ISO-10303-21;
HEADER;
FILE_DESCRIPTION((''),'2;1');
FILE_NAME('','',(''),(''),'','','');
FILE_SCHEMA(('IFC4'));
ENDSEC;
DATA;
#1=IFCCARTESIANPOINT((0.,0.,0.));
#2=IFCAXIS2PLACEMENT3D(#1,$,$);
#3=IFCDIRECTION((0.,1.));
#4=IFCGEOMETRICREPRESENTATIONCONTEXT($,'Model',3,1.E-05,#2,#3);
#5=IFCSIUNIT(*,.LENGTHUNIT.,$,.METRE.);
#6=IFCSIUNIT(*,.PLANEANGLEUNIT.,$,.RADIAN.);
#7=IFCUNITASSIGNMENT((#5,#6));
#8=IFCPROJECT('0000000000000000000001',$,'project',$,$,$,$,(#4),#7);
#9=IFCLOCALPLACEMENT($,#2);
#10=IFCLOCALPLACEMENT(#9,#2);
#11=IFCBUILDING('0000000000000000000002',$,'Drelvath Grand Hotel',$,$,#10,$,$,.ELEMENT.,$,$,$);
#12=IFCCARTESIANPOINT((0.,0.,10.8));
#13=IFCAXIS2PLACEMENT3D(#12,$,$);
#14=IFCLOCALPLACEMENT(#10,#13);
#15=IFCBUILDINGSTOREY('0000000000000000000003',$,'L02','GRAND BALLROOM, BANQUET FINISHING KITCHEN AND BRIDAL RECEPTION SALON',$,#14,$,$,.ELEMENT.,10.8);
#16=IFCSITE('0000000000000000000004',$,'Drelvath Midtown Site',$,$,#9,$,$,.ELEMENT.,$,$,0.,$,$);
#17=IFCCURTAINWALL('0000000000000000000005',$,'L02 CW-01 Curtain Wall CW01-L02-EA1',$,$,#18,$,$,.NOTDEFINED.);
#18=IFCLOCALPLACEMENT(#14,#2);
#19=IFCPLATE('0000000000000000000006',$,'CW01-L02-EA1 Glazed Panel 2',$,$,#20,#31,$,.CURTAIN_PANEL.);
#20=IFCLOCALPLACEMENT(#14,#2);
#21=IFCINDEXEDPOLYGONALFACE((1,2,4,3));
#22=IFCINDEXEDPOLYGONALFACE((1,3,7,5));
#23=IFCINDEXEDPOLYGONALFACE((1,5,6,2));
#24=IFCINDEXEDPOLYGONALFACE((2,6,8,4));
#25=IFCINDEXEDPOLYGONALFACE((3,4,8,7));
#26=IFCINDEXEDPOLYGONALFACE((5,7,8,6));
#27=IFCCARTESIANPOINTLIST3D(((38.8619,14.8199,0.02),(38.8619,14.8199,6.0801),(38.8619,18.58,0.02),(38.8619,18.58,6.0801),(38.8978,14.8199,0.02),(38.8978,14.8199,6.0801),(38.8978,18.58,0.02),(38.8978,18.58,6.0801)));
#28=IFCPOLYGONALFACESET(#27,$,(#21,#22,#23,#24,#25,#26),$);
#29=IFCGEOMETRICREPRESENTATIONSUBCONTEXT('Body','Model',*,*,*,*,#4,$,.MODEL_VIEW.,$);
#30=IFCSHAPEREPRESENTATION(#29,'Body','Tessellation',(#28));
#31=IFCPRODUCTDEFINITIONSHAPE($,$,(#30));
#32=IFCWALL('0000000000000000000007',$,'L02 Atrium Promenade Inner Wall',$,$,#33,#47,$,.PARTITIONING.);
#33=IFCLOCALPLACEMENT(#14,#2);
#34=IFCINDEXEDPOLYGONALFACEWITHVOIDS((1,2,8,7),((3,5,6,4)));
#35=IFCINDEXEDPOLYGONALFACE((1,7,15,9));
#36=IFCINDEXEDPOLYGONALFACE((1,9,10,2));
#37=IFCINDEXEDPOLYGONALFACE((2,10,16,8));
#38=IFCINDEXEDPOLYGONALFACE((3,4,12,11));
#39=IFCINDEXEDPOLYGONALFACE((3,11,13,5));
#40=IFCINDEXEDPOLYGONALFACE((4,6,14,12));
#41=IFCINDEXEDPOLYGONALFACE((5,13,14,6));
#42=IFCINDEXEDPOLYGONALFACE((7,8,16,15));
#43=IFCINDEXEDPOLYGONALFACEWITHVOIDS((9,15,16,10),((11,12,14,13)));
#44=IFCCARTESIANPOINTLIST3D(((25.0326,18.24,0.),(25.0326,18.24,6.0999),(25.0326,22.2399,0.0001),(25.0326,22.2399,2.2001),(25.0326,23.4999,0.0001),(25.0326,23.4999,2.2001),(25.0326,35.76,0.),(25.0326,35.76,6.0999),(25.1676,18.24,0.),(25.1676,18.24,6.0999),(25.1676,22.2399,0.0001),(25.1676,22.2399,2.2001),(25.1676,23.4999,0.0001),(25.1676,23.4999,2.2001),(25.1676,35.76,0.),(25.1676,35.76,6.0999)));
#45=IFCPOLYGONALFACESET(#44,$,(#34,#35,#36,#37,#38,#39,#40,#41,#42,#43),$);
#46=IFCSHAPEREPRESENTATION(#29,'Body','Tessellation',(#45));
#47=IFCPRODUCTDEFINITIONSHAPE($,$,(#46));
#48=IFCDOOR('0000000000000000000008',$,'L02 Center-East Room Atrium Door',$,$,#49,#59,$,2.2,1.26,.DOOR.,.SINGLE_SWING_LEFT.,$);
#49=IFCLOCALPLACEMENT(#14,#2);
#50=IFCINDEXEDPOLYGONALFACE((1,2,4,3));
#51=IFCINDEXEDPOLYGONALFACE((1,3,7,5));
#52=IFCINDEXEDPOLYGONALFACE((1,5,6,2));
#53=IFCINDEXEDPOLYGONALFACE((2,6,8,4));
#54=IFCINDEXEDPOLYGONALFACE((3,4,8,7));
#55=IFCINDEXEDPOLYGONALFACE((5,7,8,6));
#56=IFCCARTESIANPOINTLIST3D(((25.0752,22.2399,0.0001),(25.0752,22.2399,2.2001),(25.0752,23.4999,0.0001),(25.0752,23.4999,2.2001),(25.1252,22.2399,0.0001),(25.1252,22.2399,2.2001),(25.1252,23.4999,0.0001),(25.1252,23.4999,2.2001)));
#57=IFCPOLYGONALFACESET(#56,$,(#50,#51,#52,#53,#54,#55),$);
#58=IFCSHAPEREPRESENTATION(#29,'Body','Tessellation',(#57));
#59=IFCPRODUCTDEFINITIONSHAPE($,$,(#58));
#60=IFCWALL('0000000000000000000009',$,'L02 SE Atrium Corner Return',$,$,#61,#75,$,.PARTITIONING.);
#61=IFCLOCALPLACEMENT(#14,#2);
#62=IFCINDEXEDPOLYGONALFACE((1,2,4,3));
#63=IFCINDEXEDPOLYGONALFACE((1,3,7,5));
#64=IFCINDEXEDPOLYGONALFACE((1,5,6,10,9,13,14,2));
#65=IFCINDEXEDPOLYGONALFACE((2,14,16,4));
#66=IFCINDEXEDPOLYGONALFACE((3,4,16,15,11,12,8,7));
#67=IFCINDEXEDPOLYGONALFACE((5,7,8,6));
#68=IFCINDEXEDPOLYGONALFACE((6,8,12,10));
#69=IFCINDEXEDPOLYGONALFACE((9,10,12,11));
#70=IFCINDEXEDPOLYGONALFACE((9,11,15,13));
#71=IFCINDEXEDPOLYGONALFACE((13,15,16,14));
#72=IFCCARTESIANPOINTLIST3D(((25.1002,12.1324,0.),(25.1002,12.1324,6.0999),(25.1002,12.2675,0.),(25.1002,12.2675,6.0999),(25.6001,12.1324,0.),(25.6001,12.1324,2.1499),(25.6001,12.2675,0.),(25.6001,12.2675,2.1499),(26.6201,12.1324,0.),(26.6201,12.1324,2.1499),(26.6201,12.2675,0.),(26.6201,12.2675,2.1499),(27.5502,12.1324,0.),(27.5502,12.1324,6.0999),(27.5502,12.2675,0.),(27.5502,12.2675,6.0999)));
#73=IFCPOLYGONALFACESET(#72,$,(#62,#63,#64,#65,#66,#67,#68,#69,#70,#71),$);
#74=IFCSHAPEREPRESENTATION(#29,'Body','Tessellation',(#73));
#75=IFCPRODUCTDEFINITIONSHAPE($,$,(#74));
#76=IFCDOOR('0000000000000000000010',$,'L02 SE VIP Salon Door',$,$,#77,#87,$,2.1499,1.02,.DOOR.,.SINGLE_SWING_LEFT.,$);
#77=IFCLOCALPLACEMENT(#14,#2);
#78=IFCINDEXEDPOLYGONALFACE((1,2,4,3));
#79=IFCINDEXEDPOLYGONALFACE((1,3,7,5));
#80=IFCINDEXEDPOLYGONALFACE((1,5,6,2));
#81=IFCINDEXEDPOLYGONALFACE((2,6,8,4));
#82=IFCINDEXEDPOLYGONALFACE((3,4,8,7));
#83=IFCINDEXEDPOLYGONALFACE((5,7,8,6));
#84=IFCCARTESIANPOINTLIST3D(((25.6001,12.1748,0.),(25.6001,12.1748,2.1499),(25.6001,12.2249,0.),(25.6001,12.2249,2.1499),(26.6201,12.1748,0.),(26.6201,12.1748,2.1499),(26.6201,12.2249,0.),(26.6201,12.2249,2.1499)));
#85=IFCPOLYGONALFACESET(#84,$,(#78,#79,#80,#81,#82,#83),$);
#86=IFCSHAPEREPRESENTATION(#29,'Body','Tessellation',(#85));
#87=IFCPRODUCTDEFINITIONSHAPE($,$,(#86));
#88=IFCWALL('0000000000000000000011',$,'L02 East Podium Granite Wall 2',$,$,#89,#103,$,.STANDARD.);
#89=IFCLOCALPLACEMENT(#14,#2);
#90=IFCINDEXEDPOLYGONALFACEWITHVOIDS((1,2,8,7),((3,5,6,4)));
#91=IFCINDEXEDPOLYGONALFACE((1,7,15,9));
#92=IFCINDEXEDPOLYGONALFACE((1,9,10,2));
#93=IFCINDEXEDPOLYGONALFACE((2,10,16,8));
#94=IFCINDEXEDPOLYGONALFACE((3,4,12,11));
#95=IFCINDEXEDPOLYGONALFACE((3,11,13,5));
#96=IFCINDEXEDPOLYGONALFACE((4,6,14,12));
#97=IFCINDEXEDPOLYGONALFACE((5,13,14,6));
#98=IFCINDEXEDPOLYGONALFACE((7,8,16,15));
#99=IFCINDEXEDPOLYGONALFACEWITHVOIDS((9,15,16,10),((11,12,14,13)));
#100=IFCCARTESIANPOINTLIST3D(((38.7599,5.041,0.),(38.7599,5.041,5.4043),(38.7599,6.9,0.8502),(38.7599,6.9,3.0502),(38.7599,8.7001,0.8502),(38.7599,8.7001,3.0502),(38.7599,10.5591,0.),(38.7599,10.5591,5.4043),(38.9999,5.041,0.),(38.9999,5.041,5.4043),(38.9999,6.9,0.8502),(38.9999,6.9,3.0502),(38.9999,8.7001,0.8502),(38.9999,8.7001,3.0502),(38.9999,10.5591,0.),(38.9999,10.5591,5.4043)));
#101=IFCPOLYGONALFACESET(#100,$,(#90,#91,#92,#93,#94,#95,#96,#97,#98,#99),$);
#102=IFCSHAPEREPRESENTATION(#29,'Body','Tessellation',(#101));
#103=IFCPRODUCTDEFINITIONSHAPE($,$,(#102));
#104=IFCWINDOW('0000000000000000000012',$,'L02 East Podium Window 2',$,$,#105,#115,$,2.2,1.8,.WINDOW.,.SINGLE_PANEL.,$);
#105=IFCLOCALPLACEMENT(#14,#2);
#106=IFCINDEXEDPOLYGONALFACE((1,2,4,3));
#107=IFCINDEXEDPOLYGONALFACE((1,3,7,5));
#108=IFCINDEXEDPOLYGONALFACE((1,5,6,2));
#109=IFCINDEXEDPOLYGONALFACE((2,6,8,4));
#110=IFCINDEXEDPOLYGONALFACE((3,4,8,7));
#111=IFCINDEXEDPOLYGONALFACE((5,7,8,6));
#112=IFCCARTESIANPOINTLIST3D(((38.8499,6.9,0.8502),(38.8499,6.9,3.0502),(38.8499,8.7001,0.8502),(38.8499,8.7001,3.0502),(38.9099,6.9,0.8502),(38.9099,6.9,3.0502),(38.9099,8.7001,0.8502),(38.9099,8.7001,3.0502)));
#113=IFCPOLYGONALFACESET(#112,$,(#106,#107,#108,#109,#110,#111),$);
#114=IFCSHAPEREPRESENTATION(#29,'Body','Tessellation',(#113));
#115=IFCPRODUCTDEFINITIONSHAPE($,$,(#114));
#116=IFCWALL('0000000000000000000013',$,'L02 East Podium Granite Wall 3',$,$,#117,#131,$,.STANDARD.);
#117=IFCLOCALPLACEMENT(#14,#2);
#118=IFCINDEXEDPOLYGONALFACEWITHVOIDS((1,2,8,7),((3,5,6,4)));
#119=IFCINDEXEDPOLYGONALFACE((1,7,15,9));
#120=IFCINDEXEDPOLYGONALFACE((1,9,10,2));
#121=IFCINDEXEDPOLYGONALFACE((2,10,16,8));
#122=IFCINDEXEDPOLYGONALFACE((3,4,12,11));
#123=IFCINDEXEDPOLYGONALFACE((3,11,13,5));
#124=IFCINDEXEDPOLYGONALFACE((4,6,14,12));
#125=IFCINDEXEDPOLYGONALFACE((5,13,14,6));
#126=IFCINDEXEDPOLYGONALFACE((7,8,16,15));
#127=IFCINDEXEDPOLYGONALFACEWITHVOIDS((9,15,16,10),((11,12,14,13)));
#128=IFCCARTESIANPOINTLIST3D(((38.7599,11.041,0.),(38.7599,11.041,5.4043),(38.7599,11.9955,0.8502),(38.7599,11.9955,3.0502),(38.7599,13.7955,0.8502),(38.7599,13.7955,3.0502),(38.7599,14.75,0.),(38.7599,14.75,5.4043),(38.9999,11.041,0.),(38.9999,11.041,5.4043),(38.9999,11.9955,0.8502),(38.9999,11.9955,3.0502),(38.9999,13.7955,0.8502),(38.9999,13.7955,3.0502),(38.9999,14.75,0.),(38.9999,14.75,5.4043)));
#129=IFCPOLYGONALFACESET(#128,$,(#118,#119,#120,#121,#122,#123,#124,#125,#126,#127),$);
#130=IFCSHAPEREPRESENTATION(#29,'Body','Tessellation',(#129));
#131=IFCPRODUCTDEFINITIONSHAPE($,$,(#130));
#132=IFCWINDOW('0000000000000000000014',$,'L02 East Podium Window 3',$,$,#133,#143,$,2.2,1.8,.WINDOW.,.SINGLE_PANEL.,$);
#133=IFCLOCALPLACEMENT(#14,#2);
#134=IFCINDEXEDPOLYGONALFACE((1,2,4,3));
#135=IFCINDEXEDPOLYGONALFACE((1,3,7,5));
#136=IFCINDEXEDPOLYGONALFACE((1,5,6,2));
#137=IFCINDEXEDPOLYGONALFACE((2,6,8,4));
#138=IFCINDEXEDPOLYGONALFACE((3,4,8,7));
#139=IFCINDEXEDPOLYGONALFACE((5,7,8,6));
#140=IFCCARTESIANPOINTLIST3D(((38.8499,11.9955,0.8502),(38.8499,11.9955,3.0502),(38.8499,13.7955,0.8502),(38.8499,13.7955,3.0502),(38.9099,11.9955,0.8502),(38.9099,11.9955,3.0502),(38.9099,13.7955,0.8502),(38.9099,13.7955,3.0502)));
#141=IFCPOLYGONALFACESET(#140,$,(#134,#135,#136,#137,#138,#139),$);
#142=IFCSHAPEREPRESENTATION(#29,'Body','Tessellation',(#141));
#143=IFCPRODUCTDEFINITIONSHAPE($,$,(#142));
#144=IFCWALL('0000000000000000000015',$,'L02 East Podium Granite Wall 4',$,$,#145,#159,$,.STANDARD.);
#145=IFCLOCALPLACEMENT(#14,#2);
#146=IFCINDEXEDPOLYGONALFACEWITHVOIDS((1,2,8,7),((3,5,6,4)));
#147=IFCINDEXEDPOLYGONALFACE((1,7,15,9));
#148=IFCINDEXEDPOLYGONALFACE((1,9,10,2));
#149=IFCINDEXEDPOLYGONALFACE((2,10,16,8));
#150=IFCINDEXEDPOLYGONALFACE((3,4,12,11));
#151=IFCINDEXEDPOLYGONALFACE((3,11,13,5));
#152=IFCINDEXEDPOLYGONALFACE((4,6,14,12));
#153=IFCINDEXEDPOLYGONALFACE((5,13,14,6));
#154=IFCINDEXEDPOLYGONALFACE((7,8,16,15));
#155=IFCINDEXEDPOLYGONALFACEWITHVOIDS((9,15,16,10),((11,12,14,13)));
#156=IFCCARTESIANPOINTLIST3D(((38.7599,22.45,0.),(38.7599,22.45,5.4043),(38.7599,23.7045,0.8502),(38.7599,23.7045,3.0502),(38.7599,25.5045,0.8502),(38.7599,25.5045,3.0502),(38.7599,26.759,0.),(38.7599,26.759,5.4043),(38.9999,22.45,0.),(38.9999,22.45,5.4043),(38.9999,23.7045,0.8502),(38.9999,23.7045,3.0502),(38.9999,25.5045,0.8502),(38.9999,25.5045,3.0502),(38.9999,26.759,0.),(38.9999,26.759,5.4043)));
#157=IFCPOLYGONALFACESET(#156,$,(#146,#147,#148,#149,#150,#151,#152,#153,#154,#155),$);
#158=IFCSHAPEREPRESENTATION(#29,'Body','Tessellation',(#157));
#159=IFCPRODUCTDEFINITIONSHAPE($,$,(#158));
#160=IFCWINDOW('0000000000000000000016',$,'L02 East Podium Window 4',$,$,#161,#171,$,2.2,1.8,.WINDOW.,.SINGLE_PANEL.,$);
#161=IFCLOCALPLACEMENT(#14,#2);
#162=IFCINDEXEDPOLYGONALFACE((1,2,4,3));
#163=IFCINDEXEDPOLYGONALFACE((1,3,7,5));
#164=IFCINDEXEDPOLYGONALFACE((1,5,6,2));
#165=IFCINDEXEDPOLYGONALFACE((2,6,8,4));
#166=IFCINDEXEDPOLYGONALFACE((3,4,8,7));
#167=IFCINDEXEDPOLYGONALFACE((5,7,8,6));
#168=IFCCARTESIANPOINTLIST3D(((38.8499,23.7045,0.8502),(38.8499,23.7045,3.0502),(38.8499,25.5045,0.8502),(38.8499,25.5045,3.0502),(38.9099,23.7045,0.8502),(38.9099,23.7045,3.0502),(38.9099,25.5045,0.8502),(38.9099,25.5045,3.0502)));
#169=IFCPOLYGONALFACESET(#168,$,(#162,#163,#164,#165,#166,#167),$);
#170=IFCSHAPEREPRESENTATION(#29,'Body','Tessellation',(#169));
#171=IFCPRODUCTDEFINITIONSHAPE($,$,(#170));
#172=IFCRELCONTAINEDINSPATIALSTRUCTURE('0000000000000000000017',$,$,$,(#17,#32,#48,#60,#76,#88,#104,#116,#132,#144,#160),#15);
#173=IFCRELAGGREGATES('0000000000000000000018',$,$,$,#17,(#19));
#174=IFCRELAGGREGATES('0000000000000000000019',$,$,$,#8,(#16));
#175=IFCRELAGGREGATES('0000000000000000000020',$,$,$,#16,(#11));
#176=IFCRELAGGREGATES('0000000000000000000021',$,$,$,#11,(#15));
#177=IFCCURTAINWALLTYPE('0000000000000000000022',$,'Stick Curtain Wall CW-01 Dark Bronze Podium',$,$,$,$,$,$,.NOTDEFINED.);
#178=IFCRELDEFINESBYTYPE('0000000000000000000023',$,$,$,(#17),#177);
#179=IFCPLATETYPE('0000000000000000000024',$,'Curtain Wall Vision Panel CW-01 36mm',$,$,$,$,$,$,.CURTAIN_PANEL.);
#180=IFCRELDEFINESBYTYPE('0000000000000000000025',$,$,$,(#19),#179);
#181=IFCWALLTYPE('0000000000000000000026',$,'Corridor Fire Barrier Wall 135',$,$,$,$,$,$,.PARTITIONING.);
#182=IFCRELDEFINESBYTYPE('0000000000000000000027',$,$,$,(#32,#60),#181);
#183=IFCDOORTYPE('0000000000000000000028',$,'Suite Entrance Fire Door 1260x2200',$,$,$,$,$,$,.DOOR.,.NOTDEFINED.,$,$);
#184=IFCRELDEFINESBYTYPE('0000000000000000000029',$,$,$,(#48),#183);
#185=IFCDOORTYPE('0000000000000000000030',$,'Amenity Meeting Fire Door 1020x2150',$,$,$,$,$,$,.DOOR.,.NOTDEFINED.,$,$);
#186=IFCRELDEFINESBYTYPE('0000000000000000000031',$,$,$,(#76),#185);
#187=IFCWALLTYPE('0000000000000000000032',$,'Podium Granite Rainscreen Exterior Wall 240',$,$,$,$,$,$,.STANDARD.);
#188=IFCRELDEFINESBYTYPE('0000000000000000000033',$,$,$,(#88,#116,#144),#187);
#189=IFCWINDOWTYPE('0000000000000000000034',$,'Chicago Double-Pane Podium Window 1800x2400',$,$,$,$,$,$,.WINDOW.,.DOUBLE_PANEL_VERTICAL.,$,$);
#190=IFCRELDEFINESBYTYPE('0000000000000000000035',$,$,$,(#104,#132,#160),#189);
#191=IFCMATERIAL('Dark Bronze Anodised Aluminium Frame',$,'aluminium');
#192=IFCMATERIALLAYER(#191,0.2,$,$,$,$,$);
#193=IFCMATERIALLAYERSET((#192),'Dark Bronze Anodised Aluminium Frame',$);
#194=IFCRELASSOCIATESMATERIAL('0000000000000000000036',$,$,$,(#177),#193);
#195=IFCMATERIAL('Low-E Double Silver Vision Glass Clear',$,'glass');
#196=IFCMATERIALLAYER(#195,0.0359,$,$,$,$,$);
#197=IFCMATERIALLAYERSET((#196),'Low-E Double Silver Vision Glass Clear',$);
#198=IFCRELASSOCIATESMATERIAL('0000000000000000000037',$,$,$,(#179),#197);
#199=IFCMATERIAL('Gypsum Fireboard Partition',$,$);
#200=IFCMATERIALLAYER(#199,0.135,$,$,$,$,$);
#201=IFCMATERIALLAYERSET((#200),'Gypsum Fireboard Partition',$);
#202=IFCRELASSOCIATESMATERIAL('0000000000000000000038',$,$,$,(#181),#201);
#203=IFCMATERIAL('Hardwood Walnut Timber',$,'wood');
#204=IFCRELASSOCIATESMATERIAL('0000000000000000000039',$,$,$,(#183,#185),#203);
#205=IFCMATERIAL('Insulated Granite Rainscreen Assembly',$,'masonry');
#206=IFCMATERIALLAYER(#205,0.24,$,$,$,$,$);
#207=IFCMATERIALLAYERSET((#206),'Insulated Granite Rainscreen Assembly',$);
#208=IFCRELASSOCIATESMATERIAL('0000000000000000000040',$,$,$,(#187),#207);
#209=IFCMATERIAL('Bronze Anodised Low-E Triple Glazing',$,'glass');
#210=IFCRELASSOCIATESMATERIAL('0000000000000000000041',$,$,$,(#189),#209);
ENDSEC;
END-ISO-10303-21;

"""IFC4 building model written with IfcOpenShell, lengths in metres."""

from ifc_helpers import new_model, si_unit, direction, frame, frame_2d, origin, origin_2d, place, context, subcontext, project, spatial, rectangle, extrude, material, layer, layer_set, type_object, element, fill, aggregate, save


model = new_model("IFC4")

# Units and contexts
model_context = context("Model", 3, precision=1e-05, world=origin(), true_north=direction((0.0, 1.0)))
body_context = subcontext(model_context, "Body", "Model", "MODEL_VIEW")
ifc_project = project(units=[si_unit("LENGTHUNIT", "METRE"), si_unit("PLANEANGLEUNIT", "RADIAN")], contexts=[model_context])

# Site, building, storey
site_placement = place(None, origin())
site = spatial("IfcSite", under=ifc_project, at=site_placement, Name="Drelvath Midtown Site", CompositionType="ELEMENT", RefElevation=0.0)
building_placement = place(site_placement, origin())
building = spatial("IfcBuilding", under=site, at=building_placement, Name="Drelvath Grand Hotel", CompositionType="ELEMENT")
storey_placement = place(building_placement, frame((0.0, 0.0, 10.8)))
storey = spatial("IfcBuildingStorey", under=building, at=storey_placement, Name="L02", Description="GRAND BALLROOM, BANQUET FINISHING KITCHEN AND BRIDAL RECEPTION SALON", CompositionType="ELEMENT", Elevation=10.8)

# Curtain wall
ifc_material_1 = material(Name="Dark Bronze Anodised Aluminium Frame", Category="aluminium")
ifc_layer_1 = layer(ifc_material_1, 0.2)
ifc_layer_set_1 = layer_set([ifc_layer_1], Name="Dark Bronze Anodised Aluminium Frame")
curtain_wall_type = type_object("IfcCurtainWallType", Name="Stick Curtain Wall CW-01 Dark Bronze Podium", PredefinedType="NOTDEFINED", material=ifc_layer_set_1)
curtain_wall_placement = place(storey_placement, origin())
curtain_wall = element("IfcCurtainWall", 1, at=curtain_wall_placement, inside=storey, type_object=curtain_wall_type, Name="L02 CW-01 Curtain Wall CW01-L02-EA1", PredefinedType="NOTDEFINED")

# Plate
ifc_material_2 = material(Name="Low-E Double Silver Vision Glass Clear", Category="glass")
ifc_layer_2 = layer(ifc_material_2, 0.0359)
ifc_layer_set_2 = layer_set([ifc_layer_2], Name="Low-E Double Silver Vision Glass Clear")
plate_type = type_object("IfcPlateType", Name="Curtain Wall Vision Panel CW-01 36mm", PredefinedType="CURTAIN_PANEL", material=ifc_layer_set_2)
plate_1_placement = place(storey_placement, frame((38.8799, 16.7, 0.02), z_axis=(0.0, 0.0, 1.0), x_axis=(0.0, -1.0, 0.0)))
plate_1 = element("IfcPlate", 2, at=plate_1_placement, type_object=plate_type, Name="CW01-L02-EA1 Glazed Panel 2", PredefinedType="CURTAIN_PANEL", context=body_context, shape_type="SweptSolid", body=[
    extrude(rectangle(XDim=3.76, YDim=0.0359, at=origin_2d()), origin(), (0.0, 0.0, 1.0), 6.0601),
])
aggregate(curtain_wall, [plate_1])

# Walls, openings, doors
ifc_material_3 = material(Name="Gypsum Fireboard Partition")
ifc_layer_3 = layer(ifc_material_3, 0.135)
ifc_layer_set_3 = layer_set([ifc_layer_3], Name="Gypsum Fireboard Partition")
wall_type_1 = type_object("IfcWallType", Name="Corridor Fire Barrier Wall 135", PredefinedType="PARTITIONING", material=ifc_layer_set_3)
wall_1_placement = place(storey_placement, frame((25.1001, 18.24, 0.0), z_axis=(0.0, 0.0, 1.0), x_axis=(0.0, 1.0, 0.0)))
wall_1 = element("IfcWall", 3, at=wall_1_placement, inside=storey, type_object=wall_type_1, Name="L02 Atrium Promenade Inner Wall", PredefinedType="PARTITIONING", context=body_context, shape_type="SweptSolid", body=[
    extrude(rectangle(XDim=17.52, YDim=0.135, at=frame_2d((8.76, 0.0))), origin(), (0.0, 0.0, 1.0), 6.0999),
])
opening_1_placement = place(wall_1_placement, frame((4.0, 0.0, 0.0)))
opening_1 = element("IfcOpeningElement", 4, at=opening_1_placement, cuts=wall_1, PredefinedType="OPENING", context=body_context, shape_type="SweptSolid", body=[
    extrude(rectangle(XDim=1.26, YDim=2.2, at=frame_2d((0.6299, 1.1001))), frame((0.0, 0.0774, 0.0), z_axis=(0.0, -1.0, 0.0), x_axis=(1.0, 0.0, 0.0)), (0.0, 0.0, 1.0), 0.155),
])
ifc_material_4 = material(Name="Hardwood Walnut Timber", Category="wood")
door_type_1 = type_object("IfcDoorType", Name="Suite Entrance Fire Door 1260x2200", OperationType="NOTDEFINED", PredefinedType="DOOR", material=ifc_material_4)
door_1_placement = place(opening_1_placement, origin())
door_1 = element("IfcDoor", 5, at=door_1_placement, inside=storey, type_object=door_type_1, Name="L02 Center-East Room Atrium Door", OperationType="SINGLE_SWING_LEFT", OverallHeight=2.2, OverallWidth=1.26, PredefinedType="DOOR", context=body_context, shape_type="SweptSolid", body=[
    extrude(rectangle(XDim=1.26, YDim=2.2, at=frame_2d((0.6299, 1.1001))), frame((0.0, 0.0249, 0.0), z_axis=(0.0, -1.0, 0.0), x_axis=(1.0, 0.0, 0.0)), (0.0, 0.0, 1.0), 0.05),
])
fill(opening_1, door_1)
wall_2_placement = place(storey_placement, frame((25.1001, 12.2, 0.0), z_axis=(0.0, 0.0, 1.0), x_axis=(1.0, 0.0, 0.0)))
wall_2 = element("IfcWall", 6, at=wall_2_placement, inside=storey, type_object=wall_type_1, Name="L02 SE Atrium Corner Return", PredefinedType="PARTITIONING", context=body_context, shape_type="SweptSolid", body=[
    extrude(rectangle(XDim=2.45, YDim=0.135, at=frame_2d((1.2251, 0.0))), origin(), (0.0, 0.0, 1.0), 6.0999),
])
opening_2_placement = place(wall_2_placement, frame((0.5, 0.0, 0.0)))
opening_2 = element("IfcOpeningElement", 7, at=opening_2_placement, cuts=wall_2, PredefinedType="OPENING", context=body_context, shape_type="SweptSolid", body=[
    extrude(rectangle(XDim=1.02, YDim=2.1499, at=frame_2d((0.51, 1.075))), frame((0.0, 0.0774, 0.0), z_axis=(0.0, -1.0, 0.0), x_axis=(1.0, 0.0, 0.0)), (0.0, 0.0, 1.0), 0.155),
])
door_type_2 = type_object("IfcDoorType", Name="Amenity Meeting Fire Door 1020x2150", OperationType="NOTDEFINED", PredefinedType="DOOR", material=ifc_material_4)
door_2_placement = place(opening_2_placement, origin())
door_2 = element("IfcDoor", 8, at=door_2_placement, inside=storey, type_object=door_type_2, Name="L02 SE VIP Salon Door", OperationType="SINGLE_SWING_LEFT", OverallHeight=2.1499, OverallWidth=1.02, PredefinedType="DOOR", context=body_context, shape_type="SweptSolid", body=[
    extrude(rectangle(XDim=1.02, YDim=2.1499, at=frame_2d((0.51, 1.075))), frame((0.0, 0.0249, 0.0), z_axis=(0.0, -1.0, 0.0), x_axis=(1.0, 0.0, 0.0)), (0.0, 0.0, 1.0), 0.05),
])
fill(opening_2, door_2)

# Walls, openings, windows
ifc_material_5 = material(Name="Insulated Granite Rainscreen Assembly", Category="masonry")
ifc_layer_4 = layer(ifc_material_5, 0.24)
ifc_layer_set_4 = layer_set([ifc_layer_4], Name="Insulated Granite Rainscreen Assembly")
wall_type_2 = type_object("IfcWallType", Name="Podium Granite Rainscreen Exterior Wall 240", PredefinedType="STANDARD", material=ifc_layer_set_4)
wall_3_placement = place(storey_placement, frame((38.8799, 10.5591, 0.0), z_axis=(0.0, 0.0, 1.0), x_axis=(0.0, -1.0, 0.0)))
wall_3 = element("IfcWall", 9, at=wall_3_placement, inside=storey, type_object=wall_type_2, Name="L02 East Podium Granite Wall 2", PredefinedType="STANDARD", context=body_context, shape_type="SweptSolid", body=[
    extrude(rectangle(XDim=5.5181, YDim=0.24, at=frame_2d((2.759, 0.0))), origin(), (0.0, 0.0, 1.0), 5.4043),
])
opening_3_placement = place(wall_3_placement, frame((1.8591, 0.0, 0.8501)))
opening_3 = element("IfcOpeningElement", 10, at=opening_3_placement, cuts=wall_3, PredefinedType="OPENING", context=body_context, shape_type="SweptSolid", body=[
    extrude(rectangle(XDim=1.8, YDim=2.2, at=frame_2d((0.8999, 1.1001))), frame((0.0, 0.1299, 0.0), z_axis=(0.0, -1.0, 0.0), x_axis=(1.0, 0.0, 0.0)), (0.0, 0.0, 1.0), 0.26),
])
ifc_material_6 = material(Name="Bronze Anodised Low-E Triple Glazing", Category="glass")
window_type = type_object("IfcWindowType", Name="Chicago Double-Pane Podium Window 1800x2400", PartitioningType="DOUBLE_PANEL_VERTICAL", PredefinedType="WINDOW", material=ifc_material_6)
window_1_placement = place(opening_3_placement, origin())
window_1 = element("IfcWindow", 11, at=window_1_placement, inside=storey, type_object=window_type, Name="L02 East Podium Window 2", OverallHeight=2.2, OverallWidth=1.8, PartitioningType="SINGLE_PANEL", PredefinedType="WINDOW", context=body_context, shape_type="SweptSolid", body=[
    extrude(rectangle(XDim=1.8, YDim=2.2, at=frame_2d((0.8999, 1.1001))), frame((0.0, 0.03, 0.0), z_axis=(0.0, -1.0, 0.0), x_axis=(1.0, 0.0, 0.0)), (0.0, 0.0, 1.0), 0.0601),
])
fill(opening_3, window_1)
wall_4_placement = place(storey_placement, frame((38.8799, 14.75, 0.0), z_axis=(0.0, 0.0, 1.0), x_axis=(0.0, -1.0, 0.0)))
wall_4 = element("IfcWall", 12, at=wall_4_placement, inside=storey, type_object=wall_type_2, Name="L02 East Podium Granite Wall 3", PredefinedType="STANDARD", context=body_context, shape_type="SweptSolid", body=[
    extrude(rectangle(XDim=3.709, YDim=0.24, at=frame_2d((1.8545, 0.0))), origin(), (0.0, 0.0, 1.0), 5.4043),
])
opening_4_placement = place(wall_4_placement, frame((0.9546, 0.0, 0.8501)))
opening_4 = element("IfcOpeningElement", 13, at=opening_4_placement, cuts=wall_4, PredefinedType="OPENING", context=body_context, shape_type="SweptSolid", body=[
    extrude(rectangle(XDim=1.8, YDim=2.2, at=frame_2d((0.8999, 1.1001))), frame((0.0, 0.1299, 0.0), z_axis=(0.0, -1.0, 0.0), x_axis=(1.0, 0.0, 0.0)), (0.0, 0.0, 1.0), 0.26),
])
window_2_placement = place(opening_4_placement, origin())
window_2 = element("IfcWindow", 14, at=window_2_placement, inside=storey, type_object=window_type, Name="L02 East Podium Window 3", OverallHeight=2.2, OverallWidth=1.8, PartitioningType="SINGLE_PANEL", PredefinedType="WINDOW", context=body_context, shape_type="SweptSolid", body=[
    extrude(rectangle(XDim=1.8, YDim=2.2, at=frame_2d((0.8999, 1.1001))), frame((0.0, 0.03, 0.0), z_axis=(0.0, -1.0, 0.0), x_axis=(1.0, 0.0, 0.0)), (0.0, 0.0, 1.0), 0.0601),
])
fill(opening_4, window_2)
wall_5_placement = place(storey_placement, frame((38.8799, 26.759, 0.0), z_axis=(0.0, 0.0, 1.0), x_axis=(0.0, -1.0, 0.0)))
wall_5 = element("IfcWall", 15, at=wall_5_placement, inside=storey, type_object=wall_type_2, Name="L02 East Podium Granite Wall 4", PredefinedType="STANDARD", context=body_context, shape_type="SweptSolid", body=[
    extrude(rectangle(XDim=4.3091, YDim=0.24, at=frame_2d((2.1545, 0.0))), origin(), (0.0, 0.0, 1.0), 5.4043),
])
opening_5_placement = place(wall_5_placement, frame((1.2546, 0.0, 0.8501)))
opening_5 = element("IfcOpeningElement", 16, at=opening_5_placement, cuts=wall_5, PredefinedType="OPENING", context=body_context, shape_type="SweptSolid", body=[
    extrude(rectangle(XDim=1.8, YDim=2.2, at=frame_2d((0.8999, 1.1001))), frame((0.0, 0.1299, 0.0), z_axis=(0.0, -1.0, 0.0), x_axis=(1.0, 0.0, 0.0)), (0.0, 0.0, 1.0), 0.26),
])
window_3_placement = place(opening_5_placement, origin())
window_3 = element("IfcWindow", 17, at=window_3_placement, inside=storey, type_object=window_type, Name="L02 East Podium Window 4", OverallHeight=2.2, OverallWidth=1.8, PartitioningType="SINGLE_PANEL", PredefinedType="WINDOW", context=body_context, shape_type="SweptSolid", body=[
    extrude(rectangle(XDim=1.8, YDim=2.2, at=frame_2d((0.8999, 1.1001))), frame((0.0, 0.03, 0.0), z_axis=(0.0, -1.0, 0.0), x_axis=(1.0, 0.0, 0.0)), (0.0, 0.0, 1.0), 0.0601),
])
fill(opening_5, window_3)

save(model, "model.ifc")
